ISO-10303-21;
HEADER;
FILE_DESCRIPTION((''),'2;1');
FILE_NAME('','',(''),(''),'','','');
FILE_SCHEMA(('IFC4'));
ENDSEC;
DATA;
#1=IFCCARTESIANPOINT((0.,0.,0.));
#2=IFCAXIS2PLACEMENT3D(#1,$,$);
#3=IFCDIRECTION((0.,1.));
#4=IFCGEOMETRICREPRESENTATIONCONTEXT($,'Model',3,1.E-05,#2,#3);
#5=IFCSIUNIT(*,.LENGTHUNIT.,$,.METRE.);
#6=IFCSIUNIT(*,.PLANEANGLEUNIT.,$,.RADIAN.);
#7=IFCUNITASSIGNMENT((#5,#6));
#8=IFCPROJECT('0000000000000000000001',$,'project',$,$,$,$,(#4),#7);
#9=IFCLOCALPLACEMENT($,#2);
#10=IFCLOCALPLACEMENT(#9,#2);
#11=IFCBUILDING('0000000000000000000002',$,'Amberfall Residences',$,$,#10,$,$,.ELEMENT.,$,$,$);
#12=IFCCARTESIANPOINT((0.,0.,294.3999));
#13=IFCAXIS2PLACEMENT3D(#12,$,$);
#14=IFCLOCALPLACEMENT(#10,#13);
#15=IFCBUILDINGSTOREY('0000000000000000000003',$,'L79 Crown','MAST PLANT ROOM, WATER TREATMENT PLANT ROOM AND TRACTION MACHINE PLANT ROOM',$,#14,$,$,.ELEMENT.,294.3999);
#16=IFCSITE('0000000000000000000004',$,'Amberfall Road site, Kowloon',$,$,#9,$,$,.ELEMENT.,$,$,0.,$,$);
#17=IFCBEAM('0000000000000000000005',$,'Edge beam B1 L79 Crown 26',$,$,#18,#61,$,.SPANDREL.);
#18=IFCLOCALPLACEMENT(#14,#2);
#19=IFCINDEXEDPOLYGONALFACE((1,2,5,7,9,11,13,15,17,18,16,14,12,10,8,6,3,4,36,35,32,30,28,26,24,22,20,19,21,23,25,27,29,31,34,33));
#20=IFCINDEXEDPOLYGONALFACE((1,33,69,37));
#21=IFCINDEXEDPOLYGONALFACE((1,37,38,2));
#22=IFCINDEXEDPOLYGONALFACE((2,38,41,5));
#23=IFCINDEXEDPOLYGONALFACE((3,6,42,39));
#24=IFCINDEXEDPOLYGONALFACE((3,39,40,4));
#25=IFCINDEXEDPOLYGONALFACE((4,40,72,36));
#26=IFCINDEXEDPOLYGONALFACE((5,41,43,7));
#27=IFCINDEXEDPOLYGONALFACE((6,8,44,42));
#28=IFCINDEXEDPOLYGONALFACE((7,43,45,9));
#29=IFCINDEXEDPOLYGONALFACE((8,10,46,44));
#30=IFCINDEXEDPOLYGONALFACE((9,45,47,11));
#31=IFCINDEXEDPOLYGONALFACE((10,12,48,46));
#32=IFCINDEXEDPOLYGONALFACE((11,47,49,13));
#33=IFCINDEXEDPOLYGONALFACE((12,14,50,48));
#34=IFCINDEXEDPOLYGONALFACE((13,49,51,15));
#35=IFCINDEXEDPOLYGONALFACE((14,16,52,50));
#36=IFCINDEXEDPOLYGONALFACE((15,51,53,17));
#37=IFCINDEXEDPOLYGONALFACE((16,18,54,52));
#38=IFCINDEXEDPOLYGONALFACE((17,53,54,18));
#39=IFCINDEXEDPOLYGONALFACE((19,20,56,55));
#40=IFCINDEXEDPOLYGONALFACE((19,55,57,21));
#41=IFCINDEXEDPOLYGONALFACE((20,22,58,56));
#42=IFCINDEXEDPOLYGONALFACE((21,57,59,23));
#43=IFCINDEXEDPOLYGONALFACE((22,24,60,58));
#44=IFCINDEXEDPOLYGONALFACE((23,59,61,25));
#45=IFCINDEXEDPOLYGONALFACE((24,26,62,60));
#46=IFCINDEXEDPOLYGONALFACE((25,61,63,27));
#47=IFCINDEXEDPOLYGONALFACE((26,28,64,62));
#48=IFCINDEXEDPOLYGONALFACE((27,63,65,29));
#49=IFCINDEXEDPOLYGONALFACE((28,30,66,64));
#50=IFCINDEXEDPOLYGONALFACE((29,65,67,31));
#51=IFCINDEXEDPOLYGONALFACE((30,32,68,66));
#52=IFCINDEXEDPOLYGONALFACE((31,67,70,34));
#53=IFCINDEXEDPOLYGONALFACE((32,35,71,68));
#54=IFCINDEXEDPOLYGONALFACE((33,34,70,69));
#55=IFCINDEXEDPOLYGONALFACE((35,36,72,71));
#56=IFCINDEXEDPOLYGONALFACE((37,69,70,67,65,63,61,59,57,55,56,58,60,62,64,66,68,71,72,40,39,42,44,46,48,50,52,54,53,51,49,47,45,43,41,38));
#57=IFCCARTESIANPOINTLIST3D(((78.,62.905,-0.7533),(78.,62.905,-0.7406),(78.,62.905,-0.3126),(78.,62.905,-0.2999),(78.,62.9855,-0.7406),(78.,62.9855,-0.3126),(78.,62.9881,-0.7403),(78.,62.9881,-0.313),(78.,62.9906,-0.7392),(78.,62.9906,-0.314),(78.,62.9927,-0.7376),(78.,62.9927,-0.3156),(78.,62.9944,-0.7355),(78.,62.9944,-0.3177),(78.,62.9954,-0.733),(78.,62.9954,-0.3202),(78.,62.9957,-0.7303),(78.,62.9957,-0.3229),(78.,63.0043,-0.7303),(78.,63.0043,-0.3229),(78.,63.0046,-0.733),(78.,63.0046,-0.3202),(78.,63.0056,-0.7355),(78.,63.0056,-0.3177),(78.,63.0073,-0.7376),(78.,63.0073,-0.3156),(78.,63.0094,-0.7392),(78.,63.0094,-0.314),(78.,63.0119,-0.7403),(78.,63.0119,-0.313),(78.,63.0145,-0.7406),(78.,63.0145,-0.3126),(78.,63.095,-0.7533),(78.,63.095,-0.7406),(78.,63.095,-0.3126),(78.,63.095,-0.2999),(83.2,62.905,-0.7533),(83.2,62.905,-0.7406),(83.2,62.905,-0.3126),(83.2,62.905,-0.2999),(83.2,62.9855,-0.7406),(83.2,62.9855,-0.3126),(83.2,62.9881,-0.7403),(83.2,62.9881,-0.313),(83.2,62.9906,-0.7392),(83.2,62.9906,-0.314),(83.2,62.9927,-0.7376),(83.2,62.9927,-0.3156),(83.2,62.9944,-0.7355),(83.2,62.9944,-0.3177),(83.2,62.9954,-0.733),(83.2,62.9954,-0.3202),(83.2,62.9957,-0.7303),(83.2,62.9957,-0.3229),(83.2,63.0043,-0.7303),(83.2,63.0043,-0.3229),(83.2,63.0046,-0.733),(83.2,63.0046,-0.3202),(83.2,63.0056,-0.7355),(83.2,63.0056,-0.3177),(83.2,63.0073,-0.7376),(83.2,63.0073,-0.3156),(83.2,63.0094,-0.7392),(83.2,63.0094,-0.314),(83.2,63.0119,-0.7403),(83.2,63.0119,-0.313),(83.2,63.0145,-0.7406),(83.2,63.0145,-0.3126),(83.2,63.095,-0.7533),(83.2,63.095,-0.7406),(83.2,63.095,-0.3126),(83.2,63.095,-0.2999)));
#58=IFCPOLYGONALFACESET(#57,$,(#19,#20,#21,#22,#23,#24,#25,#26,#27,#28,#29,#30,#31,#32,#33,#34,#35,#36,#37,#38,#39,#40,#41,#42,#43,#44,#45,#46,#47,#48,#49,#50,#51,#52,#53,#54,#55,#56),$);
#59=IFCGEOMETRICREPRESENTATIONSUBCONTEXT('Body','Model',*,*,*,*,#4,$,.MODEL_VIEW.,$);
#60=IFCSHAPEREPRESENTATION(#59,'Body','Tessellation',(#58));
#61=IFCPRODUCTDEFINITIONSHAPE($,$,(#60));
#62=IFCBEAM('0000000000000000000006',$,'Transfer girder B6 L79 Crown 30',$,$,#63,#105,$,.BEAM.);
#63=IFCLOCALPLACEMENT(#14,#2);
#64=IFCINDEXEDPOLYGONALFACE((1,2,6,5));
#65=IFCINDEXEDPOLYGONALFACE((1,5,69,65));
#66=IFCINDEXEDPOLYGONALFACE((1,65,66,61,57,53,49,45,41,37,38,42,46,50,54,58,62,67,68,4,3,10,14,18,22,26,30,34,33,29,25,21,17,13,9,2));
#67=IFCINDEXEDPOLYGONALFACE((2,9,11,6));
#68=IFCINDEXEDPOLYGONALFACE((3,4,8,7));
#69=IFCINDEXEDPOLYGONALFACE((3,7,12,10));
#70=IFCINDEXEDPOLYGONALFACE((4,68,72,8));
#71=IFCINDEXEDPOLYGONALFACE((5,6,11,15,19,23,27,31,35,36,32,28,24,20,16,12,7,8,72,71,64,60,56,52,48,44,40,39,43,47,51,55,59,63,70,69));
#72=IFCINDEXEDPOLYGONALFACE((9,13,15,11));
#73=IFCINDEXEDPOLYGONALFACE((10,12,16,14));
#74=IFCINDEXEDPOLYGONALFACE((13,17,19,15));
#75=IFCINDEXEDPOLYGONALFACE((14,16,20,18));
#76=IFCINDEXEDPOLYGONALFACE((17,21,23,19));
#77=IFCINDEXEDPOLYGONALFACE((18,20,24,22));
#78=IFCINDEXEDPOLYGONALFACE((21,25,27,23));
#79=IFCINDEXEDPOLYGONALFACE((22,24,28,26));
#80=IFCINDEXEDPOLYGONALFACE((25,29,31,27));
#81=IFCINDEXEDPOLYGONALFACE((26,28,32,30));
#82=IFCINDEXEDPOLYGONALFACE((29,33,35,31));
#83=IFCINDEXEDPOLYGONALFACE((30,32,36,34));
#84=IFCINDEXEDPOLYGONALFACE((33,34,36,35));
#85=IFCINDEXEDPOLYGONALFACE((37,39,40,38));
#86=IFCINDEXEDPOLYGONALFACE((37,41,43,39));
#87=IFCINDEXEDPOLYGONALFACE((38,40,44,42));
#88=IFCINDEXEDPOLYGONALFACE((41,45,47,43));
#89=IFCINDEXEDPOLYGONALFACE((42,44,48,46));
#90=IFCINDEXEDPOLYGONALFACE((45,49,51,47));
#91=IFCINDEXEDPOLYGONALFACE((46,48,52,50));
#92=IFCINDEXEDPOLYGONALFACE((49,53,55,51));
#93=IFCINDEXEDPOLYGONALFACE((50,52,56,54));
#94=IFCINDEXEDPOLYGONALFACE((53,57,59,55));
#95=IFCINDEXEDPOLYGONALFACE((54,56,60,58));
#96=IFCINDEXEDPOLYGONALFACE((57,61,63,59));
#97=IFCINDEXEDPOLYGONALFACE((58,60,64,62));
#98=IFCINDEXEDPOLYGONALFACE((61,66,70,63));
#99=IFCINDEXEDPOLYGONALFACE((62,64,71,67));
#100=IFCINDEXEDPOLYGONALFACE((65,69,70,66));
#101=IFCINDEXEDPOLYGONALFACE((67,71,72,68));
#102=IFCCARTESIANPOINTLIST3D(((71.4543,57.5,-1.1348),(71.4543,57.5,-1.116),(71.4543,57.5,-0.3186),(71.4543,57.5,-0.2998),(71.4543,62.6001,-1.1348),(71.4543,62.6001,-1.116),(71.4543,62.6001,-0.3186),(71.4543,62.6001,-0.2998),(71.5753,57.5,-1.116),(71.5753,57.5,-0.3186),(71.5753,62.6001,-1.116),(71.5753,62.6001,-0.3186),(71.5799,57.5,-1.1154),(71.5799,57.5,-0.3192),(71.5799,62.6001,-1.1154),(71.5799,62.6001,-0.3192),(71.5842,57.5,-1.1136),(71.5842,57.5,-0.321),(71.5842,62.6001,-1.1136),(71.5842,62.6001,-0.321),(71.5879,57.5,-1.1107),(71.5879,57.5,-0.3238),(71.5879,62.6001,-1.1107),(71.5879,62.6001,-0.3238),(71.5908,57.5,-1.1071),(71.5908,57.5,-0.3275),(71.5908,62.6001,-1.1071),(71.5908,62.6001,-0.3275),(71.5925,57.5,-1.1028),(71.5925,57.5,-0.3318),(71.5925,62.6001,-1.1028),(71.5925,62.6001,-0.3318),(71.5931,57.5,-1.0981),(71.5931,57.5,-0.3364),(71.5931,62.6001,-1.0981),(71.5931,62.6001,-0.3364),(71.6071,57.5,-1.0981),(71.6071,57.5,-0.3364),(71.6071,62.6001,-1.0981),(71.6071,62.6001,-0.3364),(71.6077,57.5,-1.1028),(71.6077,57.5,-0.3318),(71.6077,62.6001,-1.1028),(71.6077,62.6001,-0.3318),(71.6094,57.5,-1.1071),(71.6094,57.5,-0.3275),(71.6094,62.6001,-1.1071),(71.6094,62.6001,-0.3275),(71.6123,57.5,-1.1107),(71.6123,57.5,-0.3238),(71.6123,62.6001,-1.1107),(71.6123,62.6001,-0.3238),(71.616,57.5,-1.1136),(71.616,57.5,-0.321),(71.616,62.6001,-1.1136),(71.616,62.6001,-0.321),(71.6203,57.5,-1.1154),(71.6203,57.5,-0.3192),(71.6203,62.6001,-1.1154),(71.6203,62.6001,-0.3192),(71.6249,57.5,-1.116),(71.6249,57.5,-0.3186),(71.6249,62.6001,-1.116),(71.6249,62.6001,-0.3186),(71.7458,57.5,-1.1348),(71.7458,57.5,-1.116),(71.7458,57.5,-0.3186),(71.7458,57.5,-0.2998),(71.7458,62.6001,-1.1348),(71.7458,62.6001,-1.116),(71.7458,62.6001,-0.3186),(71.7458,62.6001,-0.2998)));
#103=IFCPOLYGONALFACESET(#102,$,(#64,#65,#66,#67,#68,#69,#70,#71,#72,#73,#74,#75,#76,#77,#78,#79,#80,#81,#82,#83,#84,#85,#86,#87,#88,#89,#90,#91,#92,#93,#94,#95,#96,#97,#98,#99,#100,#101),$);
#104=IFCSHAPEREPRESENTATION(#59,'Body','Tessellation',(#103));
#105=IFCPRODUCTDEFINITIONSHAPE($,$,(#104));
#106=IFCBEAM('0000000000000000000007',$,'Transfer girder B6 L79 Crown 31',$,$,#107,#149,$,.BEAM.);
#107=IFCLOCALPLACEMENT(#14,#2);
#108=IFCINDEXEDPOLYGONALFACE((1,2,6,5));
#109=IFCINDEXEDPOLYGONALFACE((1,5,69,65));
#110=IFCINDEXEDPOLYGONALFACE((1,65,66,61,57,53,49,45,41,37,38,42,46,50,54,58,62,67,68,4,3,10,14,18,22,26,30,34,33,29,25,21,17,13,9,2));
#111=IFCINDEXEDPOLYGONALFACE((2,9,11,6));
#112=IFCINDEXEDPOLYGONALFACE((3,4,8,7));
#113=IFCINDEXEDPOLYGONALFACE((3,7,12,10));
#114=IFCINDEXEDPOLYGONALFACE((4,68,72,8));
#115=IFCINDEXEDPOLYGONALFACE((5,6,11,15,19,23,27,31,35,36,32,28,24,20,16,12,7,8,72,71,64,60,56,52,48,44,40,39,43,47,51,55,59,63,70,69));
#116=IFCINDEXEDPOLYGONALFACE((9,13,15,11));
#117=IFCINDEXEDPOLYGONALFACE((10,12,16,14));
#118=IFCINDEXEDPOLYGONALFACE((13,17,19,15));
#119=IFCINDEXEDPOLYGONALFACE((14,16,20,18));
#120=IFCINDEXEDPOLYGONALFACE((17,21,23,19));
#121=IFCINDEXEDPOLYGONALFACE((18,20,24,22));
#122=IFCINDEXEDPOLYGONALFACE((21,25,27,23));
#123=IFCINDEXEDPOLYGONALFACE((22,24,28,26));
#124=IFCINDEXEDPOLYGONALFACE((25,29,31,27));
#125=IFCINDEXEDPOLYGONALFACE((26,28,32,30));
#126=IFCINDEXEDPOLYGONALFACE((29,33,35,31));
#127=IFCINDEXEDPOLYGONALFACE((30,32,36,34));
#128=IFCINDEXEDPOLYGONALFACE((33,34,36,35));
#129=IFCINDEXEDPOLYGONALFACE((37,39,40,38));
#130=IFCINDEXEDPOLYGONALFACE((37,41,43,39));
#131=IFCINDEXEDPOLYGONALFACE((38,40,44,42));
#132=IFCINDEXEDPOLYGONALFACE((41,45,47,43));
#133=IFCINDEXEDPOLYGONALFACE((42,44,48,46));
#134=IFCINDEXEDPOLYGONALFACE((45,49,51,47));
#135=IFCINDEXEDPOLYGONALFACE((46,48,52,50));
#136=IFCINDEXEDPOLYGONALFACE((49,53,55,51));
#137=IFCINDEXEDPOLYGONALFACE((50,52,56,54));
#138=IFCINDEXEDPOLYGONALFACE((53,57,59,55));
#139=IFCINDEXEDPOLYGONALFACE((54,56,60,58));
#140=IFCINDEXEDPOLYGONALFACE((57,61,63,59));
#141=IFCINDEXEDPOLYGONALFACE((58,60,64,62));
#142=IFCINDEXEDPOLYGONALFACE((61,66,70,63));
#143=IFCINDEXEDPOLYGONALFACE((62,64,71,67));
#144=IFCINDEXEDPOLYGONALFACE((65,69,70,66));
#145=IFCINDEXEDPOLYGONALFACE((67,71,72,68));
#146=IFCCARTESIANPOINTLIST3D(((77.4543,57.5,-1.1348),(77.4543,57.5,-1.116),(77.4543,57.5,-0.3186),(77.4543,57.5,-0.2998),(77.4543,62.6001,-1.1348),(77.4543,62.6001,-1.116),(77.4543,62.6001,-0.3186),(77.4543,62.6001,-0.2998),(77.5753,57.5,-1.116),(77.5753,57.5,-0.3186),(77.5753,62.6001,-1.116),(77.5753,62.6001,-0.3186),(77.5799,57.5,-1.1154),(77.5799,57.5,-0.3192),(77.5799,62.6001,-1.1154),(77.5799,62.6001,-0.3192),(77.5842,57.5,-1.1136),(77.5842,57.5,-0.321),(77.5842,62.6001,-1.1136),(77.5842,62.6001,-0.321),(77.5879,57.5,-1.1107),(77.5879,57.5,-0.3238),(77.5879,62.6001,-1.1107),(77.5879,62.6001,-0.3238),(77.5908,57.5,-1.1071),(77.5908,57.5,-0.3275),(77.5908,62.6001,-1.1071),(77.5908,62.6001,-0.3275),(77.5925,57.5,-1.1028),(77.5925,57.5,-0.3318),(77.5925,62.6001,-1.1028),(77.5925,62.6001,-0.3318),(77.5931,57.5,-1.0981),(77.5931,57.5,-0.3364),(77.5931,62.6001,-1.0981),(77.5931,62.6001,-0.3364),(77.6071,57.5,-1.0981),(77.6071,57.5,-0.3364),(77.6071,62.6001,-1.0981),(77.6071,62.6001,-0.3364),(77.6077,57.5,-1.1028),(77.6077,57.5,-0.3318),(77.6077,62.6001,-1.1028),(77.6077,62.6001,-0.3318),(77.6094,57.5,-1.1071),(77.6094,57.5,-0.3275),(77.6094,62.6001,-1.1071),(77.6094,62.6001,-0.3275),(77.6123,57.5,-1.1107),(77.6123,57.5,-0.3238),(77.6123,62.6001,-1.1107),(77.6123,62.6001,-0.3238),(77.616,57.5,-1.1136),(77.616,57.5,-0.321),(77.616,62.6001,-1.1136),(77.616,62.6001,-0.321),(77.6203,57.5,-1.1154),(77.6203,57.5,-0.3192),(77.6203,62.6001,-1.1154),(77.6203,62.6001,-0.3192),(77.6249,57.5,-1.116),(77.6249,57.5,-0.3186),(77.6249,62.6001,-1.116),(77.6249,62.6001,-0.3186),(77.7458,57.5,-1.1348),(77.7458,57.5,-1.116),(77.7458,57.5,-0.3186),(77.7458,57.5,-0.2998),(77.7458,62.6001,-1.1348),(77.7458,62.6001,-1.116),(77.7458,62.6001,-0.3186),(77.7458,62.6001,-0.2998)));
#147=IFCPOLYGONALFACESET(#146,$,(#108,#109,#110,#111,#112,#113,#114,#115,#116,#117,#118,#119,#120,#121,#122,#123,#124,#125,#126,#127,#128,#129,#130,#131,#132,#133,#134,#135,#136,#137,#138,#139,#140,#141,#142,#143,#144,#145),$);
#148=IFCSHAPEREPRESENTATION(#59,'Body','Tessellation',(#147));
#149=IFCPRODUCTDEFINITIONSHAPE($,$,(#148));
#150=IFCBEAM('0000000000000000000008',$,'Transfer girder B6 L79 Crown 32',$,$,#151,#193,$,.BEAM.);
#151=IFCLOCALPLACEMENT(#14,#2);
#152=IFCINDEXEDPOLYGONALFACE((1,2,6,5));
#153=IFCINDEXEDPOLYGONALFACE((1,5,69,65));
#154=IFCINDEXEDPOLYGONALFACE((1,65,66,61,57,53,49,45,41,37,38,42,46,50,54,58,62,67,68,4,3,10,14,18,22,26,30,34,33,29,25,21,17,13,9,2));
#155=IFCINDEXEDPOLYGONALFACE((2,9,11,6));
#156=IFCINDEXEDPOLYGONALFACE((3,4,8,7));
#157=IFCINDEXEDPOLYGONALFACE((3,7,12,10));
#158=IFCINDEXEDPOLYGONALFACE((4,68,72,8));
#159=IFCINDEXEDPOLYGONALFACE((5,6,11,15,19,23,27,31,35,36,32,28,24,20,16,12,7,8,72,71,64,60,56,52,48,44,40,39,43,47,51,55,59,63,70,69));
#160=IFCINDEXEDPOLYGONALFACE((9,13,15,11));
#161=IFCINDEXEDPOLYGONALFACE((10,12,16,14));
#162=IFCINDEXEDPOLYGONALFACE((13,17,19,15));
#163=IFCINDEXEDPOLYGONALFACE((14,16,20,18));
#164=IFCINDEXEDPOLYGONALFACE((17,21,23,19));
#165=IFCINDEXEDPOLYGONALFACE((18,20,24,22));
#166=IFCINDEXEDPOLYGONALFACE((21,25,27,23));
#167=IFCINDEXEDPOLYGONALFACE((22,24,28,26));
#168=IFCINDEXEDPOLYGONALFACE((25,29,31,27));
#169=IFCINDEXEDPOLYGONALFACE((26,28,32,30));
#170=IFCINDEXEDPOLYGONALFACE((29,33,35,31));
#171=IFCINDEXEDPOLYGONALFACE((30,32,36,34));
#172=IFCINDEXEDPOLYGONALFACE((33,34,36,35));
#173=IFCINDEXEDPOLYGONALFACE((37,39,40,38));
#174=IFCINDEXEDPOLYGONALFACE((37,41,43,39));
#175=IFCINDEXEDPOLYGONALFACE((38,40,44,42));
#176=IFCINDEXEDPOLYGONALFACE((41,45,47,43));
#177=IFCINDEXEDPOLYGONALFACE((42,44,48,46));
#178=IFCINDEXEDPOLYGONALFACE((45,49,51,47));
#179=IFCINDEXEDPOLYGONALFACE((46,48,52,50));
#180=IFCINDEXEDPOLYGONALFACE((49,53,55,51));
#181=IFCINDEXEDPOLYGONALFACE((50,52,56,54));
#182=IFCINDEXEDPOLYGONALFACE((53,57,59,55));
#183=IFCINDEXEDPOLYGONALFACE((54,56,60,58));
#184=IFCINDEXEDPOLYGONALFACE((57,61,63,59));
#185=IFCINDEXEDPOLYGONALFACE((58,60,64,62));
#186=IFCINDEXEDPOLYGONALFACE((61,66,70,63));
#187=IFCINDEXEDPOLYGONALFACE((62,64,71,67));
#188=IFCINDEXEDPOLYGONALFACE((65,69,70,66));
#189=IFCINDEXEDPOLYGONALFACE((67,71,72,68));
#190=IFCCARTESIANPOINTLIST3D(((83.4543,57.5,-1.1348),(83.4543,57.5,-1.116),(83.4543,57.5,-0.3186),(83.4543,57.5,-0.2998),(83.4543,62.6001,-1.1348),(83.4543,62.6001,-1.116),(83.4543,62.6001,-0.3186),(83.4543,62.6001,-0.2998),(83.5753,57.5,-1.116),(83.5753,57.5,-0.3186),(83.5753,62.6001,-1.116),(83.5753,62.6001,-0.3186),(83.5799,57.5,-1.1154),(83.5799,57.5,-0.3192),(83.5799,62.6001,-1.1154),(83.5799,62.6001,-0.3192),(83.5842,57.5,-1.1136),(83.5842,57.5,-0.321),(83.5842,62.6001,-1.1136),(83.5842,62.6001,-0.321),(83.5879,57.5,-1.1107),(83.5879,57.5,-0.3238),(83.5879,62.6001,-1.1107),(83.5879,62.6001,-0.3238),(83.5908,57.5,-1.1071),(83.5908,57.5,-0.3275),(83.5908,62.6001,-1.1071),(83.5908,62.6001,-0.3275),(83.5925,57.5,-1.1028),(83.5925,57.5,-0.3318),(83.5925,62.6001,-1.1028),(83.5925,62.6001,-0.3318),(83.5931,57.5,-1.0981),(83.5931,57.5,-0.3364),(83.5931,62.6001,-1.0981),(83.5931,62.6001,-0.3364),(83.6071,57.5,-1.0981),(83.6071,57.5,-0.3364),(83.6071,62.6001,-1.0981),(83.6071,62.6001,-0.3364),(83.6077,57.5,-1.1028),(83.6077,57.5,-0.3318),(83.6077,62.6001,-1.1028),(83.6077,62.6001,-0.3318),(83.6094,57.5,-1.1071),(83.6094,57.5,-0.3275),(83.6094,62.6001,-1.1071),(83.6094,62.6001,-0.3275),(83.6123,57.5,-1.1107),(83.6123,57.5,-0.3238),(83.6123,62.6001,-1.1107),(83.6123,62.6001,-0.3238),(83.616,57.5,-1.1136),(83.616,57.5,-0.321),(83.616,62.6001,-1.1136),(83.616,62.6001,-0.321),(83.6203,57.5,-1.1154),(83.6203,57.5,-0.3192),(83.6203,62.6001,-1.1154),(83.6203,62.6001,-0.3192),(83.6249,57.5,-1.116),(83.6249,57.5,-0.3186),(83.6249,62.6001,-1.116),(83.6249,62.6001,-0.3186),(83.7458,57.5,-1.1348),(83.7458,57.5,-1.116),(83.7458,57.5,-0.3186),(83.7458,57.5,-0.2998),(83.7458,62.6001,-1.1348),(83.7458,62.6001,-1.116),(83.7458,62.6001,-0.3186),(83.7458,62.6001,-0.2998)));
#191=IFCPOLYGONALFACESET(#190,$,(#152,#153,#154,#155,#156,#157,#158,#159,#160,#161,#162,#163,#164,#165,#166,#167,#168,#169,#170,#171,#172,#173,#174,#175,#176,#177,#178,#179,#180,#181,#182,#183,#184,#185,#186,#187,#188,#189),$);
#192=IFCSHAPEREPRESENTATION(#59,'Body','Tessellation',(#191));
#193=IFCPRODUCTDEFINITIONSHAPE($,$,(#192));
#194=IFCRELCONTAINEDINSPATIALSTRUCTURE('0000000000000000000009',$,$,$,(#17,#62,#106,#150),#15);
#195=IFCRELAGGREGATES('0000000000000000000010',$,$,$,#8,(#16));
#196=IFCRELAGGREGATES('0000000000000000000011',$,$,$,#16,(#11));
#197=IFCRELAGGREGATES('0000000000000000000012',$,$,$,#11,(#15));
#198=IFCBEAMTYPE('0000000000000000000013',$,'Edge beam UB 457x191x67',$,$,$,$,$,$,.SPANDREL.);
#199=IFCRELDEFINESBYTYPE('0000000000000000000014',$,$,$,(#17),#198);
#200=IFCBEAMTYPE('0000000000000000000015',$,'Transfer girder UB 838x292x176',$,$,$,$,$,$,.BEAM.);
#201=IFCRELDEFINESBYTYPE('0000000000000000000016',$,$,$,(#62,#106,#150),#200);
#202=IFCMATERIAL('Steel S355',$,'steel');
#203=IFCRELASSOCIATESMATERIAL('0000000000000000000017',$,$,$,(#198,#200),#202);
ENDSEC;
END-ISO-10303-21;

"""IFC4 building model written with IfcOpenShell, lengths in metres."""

from ifc_helpers import new_model, si_unit, direction, frame, origin, origin_2d, place, context, subcontext, project, spatial, i_section, extrude, material, material_profile, profile_set, type_object, element, save


model = new_model("IFC4")

# Units and contexts
model_context = context("Model", 3, precision=1e-05, world=origin(), true_north=direction((0.0, 1.0)))
body_context = subcontext(model_context, "Body", "Model", "MODEL_VIEW")
ifc_project = project(units=[si_unit("LENGTHUNIT", "METRE"), si_unit("PLANEANGLEUNIT", "RADIAN")], contexts=[model_context])

# Site, building, storey
site_placement = place(None, origin())
site = spatial("IfcSite", under=ifc_project, at=site_placement, Name="Amberfall Road site, Kowloon", CompositionType="ELEMENT", RefElevation=0.0)
building_placement = place(site_placement, origin())
building = spatial("IfcBuilding", under=site, at=building_placement, Name="Amberfall Residences", CompositionType="ELEMENT")
storey_placement = place(building_placement, frame((0.0, 0.0, 294.3999)))
storey = spatial("IfcBuildingStorey", under=building, at=storey_placement, Name="L79 Crown", Description="MAST PLANT ROOM, WATER TREATMENT PLANT ROOM AND TRACTION MACHINE PLANT ROOM", CompositionType="ELEMENT", Elevation=294.3999)

# Beams
ifc_material_1 = material(Name="Steel S355", Category="steel")
ifc_material_profile_1 = material_profile(ifc_material_1, i_section(OverallWidth=0.1899, OverallDepth=0.4534, WebThickness=0.0085, FlangeThickness=0.0127, FilletRadius=0.0103, at=origin_2d()), Name="UB 457x191x67")
ifc_profile_set_1 = profile_set([ifc_material_profile_1], Name="Steel S355")
beam_type_1 = type_object("IfcBeamType", Name="Edge beam UB 457x191x67", PredefinedType="SPANDREL", material=ifc_profile_set_1)
for number, where, z_axis, x_axis, name in (
    (1, (78.0, 63.0, -0.5266), (1.0, 0.0, 0.0), (0.0, 1.0, 0.0), "Edge beam B1 L79 Crown 26"),
):
    element("IfcBeam", number, at=place(storey_placement, frame(where, z_axis=z_axis, x_axis=x_axis)), inside=storey, type_object=beam_type_1, Name=name, PredefinedType="SPANDREL", context=body_context, shape_type="SweptSolid", body=[
        extrude(i_section(OverallWidth=0.1899, OverallDepth=0.4534, WebThickness=0.0085, FlangeThickness=0.0127, FilletRadius=0.0103, at=origin_2d()), origin(), (0.0, 0.0, 1.0), 5.2),
    ])
ifc_material_profile_2 = material_profile(ifc_material_1, i_section(OverallWidth=0.2915, OverallDepth=0.835, WebThickness=0.0139, FlangeThickness=0.0188, FilletRadius=0.0178, at=origin_2d()), Name="UB 838x292x176")
ifc_profile_set_2 = profile_set([ifc_material_profile_2], Name="Steel S355")
beam_type_2 = type_object("IfcBeamType", Name="Transfer girder UB 838x292x176", PredefinedType="BEAM", material=ifc_profile_set_2)
for number, where, z_axis, x_axis, name in (
    (2, (71.6001, 62.6001, -0.7173), (0.0, -1.0, 0.0), (1.0, 0.0, 0.0), "Transfer girder B6 L79 Crown 30"),
    (3, (77.6001, 62.6001, -0.7173), (0.0, -1.0, 0.0), (1.0, 0.0, 0.0), "Transfer girder B6 L79 Crown 31"),
    (4, (83.6001, 62.6001, -0.7173), (0.0, -1.0, 0.0), (1.0, 0.0, 0.0), "Transfer girder B6 L79 Crown 32"),
):
    element("IfcBeam", number, at=place(storey_placement, frame(where, z_axis=z_axis, x_axis=x_axis)), inside=storey, type_object=beam_type_2, Name=name, PredefinedType="BEAM", context=body_context, shape_type="SweptSolid", body=[
        extrude(i_section(OverallWidth=0.2915, OverallDepth=0.835, WebThickness=0.0139, FlangeThickness=0.0188, FilletRadius=0.0178, at=origin_2d()), origin(), (0.0, 0.0, 1.0), 5.1001),
    ])

save(model, "model.ifc")
